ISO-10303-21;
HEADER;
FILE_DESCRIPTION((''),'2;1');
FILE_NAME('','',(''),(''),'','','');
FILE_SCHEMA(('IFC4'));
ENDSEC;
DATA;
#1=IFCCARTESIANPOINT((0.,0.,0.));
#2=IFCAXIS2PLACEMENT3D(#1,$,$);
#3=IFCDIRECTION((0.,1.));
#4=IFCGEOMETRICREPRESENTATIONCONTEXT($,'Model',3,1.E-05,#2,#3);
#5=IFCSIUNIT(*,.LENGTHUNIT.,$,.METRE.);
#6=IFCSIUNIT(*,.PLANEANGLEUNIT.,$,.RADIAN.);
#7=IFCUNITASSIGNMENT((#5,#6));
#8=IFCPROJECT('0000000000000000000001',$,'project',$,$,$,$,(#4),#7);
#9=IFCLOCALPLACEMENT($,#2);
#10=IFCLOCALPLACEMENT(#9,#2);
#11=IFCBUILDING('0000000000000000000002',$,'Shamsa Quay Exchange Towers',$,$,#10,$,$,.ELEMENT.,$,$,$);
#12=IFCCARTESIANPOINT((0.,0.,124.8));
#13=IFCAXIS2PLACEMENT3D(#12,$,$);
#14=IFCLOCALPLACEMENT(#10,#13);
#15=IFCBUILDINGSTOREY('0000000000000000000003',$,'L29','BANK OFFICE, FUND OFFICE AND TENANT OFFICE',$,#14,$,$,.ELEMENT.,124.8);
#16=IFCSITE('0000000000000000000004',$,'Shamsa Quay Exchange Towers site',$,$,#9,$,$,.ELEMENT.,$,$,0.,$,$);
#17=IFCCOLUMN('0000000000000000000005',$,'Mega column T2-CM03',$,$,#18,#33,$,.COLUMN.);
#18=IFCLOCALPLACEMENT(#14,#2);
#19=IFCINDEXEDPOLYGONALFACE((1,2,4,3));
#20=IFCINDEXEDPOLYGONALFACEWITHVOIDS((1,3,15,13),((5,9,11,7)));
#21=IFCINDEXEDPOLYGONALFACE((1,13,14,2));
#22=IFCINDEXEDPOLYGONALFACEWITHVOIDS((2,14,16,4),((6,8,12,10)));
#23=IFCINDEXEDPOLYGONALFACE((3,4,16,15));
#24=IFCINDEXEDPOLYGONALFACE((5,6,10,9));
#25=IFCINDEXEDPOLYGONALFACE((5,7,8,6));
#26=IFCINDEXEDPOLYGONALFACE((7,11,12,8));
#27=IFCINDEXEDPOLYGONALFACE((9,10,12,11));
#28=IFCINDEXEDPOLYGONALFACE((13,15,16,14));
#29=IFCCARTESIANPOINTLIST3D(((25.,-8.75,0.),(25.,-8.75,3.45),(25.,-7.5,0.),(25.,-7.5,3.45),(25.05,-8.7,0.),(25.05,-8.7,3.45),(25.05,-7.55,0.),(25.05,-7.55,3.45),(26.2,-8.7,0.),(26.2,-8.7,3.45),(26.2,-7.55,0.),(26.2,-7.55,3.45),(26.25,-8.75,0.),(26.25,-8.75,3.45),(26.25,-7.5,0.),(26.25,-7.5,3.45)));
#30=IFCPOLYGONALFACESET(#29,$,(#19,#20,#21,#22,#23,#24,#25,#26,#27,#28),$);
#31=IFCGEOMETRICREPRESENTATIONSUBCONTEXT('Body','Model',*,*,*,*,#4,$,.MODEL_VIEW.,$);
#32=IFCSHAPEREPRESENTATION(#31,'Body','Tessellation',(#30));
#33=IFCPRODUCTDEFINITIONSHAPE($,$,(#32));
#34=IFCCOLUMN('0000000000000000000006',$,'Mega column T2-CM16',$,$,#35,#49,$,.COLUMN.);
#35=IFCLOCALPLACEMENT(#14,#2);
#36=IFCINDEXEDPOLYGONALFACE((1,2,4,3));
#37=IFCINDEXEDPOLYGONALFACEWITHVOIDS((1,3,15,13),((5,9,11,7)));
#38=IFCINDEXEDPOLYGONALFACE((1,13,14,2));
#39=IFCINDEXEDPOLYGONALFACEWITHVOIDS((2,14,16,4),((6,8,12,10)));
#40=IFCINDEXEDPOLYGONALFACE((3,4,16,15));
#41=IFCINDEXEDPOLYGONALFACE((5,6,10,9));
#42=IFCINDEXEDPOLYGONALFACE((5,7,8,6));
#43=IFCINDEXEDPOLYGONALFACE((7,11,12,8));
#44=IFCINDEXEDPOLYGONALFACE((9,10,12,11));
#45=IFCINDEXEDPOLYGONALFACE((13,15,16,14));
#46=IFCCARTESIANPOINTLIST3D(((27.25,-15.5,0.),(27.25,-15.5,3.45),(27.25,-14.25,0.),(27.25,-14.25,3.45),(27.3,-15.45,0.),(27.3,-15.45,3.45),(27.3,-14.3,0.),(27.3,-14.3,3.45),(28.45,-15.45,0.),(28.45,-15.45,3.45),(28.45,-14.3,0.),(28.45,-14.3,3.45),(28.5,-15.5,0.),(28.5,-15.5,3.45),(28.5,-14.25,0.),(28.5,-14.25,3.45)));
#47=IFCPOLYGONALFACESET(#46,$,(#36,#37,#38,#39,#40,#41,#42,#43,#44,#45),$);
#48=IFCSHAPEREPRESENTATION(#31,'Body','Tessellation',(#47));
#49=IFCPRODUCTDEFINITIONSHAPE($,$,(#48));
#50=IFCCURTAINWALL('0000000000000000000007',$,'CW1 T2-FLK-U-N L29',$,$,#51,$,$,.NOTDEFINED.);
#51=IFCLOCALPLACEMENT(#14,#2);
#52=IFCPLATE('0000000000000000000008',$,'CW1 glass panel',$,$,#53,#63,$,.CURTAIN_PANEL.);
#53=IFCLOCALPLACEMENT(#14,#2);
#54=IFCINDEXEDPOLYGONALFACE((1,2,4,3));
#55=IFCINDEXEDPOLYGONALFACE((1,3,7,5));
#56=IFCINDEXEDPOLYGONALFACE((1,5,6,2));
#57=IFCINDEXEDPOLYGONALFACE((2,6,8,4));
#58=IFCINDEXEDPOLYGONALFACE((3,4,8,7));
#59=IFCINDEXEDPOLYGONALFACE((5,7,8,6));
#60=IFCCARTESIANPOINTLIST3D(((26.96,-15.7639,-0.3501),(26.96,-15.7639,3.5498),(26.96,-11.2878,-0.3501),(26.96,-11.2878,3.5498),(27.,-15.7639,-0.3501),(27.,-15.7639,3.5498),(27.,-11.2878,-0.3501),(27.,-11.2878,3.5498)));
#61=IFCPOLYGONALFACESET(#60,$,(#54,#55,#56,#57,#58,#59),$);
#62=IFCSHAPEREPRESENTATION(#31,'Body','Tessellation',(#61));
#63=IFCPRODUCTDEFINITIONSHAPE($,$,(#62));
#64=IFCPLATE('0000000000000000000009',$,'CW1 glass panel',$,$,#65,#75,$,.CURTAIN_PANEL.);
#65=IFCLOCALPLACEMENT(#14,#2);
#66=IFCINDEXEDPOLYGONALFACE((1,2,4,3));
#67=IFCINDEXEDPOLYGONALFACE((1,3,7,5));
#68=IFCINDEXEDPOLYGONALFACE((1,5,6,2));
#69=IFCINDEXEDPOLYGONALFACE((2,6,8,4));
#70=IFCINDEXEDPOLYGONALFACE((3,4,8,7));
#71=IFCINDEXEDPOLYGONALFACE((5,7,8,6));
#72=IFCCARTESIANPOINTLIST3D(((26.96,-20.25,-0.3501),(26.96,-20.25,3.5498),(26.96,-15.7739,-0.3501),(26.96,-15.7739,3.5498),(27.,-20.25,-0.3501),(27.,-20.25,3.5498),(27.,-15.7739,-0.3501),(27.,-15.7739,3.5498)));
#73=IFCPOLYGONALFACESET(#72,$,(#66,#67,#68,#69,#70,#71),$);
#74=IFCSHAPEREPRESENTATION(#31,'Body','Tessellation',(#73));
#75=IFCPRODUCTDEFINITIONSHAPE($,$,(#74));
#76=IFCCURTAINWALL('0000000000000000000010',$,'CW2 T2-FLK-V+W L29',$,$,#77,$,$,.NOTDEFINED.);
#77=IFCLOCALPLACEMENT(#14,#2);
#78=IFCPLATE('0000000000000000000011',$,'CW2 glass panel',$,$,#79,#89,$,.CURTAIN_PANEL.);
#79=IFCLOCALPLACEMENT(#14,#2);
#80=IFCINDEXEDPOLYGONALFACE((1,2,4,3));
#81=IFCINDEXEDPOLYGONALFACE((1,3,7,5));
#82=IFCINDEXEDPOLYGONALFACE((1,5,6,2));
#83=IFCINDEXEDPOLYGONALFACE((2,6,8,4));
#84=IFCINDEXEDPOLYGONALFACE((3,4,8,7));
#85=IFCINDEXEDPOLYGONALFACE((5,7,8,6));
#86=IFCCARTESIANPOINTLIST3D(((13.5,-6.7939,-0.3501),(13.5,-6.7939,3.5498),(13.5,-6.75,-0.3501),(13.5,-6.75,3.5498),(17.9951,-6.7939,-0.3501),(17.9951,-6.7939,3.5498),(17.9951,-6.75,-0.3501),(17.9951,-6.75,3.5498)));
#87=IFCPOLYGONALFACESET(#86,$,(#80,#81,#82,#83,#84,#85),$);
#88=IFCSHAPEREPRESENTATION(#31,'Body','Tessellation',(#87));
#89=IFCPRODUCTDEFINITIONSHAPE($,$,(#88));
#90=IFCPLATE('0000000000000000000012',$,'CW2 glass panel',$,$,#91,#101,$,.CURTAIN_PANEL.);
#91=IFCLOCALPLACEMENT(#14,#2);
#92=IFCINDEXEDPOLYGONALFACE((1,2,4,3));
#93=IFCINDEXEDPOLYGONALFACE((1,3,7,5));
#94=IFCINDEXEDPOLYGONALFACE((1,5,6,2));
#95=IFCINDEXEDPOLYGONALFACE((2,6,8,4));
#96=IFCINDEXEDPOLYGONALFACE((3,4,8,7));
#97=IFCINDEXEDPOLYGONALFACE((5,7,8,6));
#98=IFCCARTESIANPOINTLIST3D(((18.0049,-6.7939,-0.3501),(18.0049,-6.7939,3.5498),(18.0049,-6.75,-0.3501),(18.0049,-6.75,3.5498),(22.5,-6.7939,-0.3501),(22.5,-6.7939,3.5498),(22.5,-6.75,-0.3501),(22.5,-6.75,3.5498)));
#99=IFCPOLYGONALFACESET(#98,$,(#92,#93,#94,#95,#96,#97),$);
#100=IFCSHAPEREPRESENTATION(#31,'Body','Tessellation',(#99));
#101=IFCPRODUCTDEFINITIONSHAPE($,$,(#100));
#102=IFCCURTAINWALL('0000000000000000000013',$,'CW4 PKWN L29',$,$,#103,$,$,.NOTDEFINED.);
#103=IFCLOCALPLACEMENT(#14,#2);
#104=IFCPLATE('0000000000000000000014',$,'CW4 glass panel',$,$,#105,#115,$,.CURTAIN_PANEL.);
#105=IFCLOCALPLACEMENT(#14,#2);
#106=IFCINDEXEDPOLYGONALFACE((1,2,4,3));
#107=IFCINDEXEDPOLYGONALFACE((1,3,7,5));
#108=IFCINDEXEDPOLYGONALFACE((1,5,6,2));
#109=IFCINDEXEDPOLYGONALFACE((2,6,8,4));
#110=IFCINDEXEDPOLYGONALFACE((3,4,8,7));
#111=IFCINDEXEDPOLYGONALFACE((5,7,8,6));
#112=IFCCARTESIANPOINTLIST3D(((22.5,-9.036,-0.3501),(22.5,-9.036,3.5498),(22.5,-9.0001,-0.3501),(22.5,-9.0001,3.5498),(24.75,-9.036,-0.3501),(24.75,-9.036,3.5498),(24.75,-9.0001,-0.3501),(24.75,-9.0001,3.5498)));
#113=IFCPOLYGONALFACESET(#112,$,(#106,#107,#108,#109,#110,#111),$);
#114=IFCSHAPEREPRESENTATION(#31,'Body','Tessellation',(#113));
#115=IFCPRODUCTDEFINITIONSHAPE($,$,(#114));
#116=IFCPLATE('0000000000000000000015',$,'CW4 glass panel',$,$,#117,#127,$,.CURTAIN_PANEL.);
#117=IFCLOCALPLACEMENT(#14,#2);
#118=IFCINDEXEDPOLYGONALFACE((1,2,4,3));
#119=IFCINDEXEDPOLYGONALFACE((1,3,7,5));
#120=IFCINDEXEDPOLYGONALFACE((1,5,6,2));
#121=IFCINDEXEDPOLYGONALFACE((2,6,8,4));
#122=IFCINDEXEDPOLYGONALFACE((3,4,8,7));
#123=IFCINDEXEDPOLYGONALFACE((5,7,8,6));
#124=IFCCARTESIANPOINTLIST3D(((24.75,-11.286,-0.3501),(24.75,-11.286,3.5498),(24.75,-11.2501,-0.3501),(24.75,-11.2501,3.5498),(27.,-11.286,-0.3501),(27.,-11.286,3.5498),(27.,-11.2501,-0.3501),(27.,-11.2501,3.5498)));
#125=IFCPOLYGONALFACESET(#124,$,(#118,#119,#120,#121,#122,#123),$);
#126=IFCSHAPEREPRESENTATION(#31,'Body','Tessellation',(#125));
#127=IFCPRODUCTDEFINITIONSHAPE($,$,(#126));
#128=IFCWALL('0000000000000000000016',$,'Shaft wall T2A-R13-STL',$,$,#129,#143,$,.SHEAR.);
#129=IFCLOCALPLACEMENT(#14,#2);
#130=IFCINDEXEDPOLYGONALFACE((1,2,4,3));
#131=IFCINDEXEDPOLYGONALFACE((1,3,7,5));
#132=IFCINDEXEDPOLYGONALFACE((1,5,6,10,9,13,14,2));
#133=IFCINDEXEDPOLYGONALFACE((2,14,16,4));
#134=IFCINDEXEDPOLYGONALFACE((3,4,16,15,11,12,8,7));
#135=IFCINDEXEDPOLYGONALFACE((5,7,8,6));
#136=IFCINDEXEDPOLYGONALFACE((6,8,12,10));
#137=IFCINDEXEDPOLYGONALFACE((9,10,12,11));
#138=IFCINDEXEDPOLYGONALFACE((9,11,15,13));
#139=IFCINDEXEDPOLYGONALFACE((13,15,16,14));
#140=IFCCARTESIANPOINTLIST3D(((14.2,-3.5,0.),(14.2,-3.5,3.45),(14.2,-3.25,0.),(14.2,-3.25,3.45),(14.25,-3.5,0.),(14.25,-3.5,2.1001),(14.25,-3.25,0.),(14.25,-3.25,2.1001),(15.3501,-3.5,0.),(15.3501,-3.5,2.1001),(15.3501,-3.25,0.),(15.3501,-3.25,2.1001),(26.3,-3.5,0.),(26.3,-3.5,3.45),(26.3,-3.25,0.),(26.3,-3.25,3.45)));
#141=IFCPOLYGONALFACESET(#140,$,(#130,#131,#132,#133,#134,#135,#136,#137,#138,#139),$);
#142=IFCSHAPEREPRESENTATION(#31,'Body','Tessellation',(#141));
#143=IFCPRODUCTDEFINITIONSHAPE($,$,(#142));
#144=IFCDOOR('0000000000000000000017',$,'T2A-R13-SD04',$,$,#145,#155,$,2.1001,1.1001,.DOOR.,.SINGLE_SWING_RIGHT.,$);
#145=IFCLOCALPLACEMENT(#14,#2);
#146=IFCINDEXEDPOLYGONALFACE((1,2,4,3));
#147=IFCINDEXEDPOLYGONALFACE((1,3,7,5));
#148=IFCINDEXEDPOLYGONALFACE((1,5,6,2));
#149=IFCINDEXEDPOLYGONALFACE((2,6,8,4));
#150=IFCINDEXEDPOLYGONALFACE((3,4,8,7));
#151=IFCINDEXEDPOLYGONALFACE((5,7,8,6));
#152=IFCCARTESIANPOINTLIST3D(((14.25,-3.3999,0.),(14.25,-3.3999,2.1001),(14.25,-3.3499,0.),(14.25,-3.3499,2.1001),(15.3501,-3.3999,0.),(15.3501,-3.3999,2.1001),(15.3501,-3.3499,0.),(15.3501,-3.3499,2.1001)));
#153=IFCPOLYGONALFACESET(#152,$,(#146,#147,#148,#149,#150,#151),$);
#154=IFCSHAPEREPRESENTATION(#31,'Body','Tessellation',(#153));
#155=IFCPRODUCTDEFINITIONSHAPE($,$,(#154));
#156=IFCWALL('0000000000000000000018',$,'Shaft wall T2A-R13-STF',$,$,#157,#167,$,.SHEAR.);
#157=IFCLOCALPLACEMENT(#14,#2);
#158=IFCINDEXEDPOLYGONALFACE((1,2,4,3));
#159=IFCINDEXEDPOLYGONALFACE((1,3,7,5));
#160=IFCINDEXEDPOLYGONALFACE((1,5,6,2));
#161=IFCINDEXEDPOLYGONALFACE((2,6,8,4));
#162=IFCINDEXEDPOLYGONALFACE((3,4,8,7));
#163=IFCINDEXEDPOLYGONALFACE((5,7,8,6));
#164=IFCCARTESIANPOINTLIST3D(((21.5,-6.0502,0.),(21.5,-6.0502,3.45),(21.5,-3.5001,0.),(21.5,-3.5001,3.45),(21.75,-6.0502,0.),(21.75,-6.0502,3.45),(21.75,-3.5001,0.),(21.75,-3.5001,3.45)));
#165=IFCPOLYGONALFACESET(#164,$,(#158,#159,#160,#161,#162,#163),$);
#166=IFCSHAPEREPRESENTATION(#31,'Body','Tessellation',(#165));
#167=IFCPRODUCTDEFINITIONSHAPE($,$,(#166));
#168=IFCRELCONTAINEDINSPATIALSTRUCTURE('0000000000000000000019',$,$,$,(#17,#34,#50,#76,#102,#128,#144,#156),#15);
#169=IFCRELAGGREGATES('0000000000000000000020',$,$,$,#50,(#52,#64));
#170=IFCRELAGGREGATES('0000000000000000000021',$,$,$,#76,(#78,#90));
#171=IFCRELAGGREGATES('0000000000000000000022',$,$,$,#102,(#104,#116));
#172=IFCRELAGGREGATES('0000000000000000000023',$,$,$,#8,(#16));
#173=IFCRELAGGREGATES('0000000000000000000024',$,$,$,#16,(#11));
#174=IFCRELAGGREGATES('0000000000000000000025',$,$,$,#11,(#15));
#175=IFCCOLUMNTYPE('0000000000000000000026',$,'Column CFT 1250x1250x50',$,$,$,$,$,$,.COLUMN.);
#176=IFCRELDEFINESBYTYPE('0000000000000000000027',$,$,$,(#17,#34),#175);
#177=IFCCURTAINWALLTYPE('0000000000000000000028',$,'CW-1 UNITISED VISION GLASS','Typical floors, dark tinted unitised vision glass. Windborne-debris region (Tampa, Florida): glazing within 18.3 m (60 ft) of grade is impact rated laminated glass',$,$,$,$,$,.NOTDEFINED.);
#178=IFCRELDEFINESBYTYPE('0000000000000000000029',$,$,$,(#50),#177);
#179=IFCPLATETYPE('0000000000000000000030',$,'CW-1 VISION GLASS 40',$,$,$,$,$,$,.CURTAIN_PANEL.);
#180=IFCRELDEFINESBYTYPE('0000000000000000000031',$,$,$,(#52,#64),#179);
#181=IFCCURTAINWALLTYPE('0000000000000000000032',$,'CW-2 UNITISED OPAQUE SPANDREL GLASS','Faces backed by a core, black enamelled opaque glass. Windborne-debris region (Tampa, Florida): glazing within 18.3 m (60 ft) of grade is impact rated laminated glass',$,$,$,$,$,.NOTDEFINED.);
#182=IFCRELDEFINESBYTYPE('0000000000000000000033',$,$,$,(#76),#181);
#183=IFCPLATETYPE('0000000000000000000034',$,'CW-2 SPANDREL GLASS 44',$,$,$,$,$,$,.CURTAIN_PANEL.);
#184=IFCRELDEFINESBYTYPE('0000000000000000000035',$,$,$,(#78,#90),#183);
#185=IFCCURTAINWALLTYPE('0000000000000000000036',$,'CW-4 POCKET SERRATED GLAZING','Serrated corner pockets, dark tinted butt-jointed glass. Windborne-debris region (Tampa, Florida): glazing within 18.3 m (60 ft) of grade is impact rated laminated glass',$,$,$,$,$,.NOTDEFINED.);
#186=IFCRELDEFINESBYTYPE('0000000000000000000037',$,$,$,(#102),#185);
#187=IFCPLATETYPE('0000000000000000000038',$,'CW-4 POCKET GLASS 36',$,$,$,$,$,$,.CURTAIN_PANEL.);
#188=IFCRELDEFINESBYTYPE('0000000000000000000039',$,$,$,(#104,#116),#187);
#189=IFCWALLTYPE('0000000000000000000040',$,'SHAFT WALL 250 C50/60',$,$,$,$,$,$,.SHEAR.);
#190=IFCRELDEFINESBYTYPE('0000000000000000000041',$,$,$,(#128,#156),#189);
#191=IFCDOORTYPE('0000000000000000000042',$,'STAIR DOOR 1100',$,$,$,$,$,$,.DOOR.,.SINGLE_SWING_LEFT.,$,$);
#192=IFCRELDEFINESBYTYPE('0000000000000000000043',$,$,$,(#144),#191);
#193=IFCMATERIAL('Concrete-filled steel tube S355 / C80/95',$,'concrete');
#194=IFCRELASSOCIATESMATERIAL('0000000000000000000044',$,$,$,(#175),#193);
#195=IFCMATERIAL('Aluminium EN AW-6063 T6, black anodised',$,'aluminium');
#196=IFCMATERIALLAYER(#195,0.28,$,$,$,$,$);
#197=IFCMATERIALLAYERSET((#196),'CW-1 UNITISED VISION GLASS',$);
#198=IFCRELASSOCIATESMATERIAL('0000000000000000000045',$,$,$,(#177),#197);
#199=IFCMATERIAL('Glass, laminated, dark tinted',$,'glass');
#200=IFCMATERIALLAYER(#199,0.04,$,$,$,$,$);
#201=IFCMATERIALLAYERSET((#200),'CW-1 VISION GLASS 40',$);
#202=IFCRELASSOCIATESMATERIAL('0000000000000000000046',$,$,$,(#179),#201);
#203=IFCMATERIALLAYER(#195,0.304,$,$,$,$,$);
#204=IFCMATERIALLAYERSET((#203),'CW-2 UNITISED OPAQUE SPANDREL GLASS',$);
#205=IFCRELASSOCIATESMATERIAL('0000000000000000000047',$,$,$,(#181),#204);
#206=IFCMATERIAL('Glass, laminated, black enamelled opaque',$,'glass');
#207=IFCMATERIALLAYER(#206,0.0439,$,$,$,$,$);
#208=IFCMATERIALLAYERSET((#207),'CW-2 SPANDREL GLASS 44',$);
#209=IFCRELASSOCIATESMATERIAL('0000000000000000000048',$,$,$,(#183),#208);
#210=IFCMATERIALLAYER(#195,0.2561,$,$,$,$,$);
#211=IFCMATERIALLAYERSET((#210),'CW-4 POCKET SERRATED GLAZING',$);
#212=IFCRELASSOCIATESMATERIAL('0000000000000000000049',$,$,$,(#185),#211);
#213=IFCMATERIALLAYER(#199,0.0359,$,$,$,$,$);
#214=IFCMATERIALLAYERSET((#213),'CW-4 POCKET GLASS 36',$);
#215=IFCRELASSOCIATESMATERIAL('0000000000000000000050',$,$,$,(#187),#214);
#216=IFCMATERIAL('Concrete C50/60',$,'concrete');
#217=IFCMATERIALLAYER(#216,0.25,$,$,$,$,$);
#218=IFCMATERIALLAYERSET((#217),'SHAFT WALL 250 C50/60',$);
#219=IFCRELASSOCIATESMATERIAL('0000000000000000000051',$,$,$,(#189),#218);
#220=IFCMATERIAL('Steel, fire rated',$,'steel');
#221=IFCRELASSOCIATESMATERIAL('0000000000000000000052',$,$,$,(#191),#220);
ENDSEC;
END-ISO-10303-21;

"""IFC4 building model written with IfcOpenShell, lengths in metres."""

from ifc_helpers import new_model, si_unit, direction, frame, frame_2d, origin, origin_2d, place, context, subcontext, project, spatial, rectangle, hollow_rectangle, extrude, material, layer, layer_set, material_profile, profile_set, type_object, element, fill, aggregate, save


model = new_model("IFC4")

# Units and contexts
model_context = context("Model", 3, precision=1e-05, world=origin(), true_north=direction((0.0, 1.0)))
body_context = subcontext(model_context, "Body", "Model", "MODEL_VIEW")
ifc_project = project(units=[si_unit("LENGTHUNIT", "METRE"), si_unit("PLANEANGLEUNIT", "RADIAN")], contexts=[model_context])

# Site, building, storey
site_placement = place(None, origin())
site = spatial("IfcSite", under=ifc_project, at=site_placement, Name="Shamsa Quay Exchange Towers site", CompositionType="ELEMENT", RefElevation=0.0)
building_placement = place(site_placement, origin())
building = spatial("IfcBuilding", under=site, at=building_placement, Name="Shamsa Quay Exchange Towers", CompositionType="ELEMENT")
storey_placement = place(building_placement, frame((0.0, 0.0, 124.8)))
storey = spatial("IfcBuildingStorey", under=building, at=storey_placement, Name="L29", Description="BANK OFFICE, FUND OFFICE AND TENANT OFFICE", CompositionType="ELEMENT", Elevation=124.8)

# Columns
ifc_material_1 = material(Name="Concrete-filled steel tube S355 / C80/95", Category="concrete")
ifc_material_profile = material_profile(ifc_material_1, hollow_rectangle(XDim=1.25, YDim=1.25, WallThickness=0.05, at=origin_2d()), Name="CFT 1250x1250x50")
ifc_profile_set = profile_set([ifc_material_profile], Name="Concrete-filled steel tube S355 / C80/95")
column_type = type_object("IfcColumnType", Name="Column CFT 1250x1250x50", PredefinedType="COLUMN", material=ifc_profile_set)
for number, where, name in (
    (1, (25.625, -8.125, 0.0), "Mega column T2-CM03"),
    (2, (27.875, -14.875, 0.0), "Mega column T2-CM16"),
):
    element("IfcColumn", number, at=place(storey_placement, frame(where)), inside=storey, type_object=column_type, Name=name, PredefinedType="COLUMN", context=body_context, shape_type="SweptSolid", body=[
        extrude(hollow_rectangle(XDim=1.25, YDim=1.25, WallThickness=0.05, at=origin_2d()), origin(), (0.0, 0.0, 1.0), 3.45),
    ])

# Curtain walls, plates
ifc_material_2 = material(Name="Aluminium EN AW-6063 T6, black anodised", Category="aluminium")
ifc_layer_1 = layer(ifc_material_2, 0.28)
ifc_layer_set_1 = layer_set([ifc_layer_1], Name="CW-1 UNITISED VISION GLASS")
curtain_wall_type_1 = type_object("IfcCurtainWallType", Name="CW-1 UNITISED VISION GLASS", Description="Typical floors, dark tinted unitised vision glass. Windborne-debris region (Tampa, Florida): glazing within 18.3 m (60 ft) of grade is impact rated laminated glass", PredefinedType="NOTDEFINED", material=ifc_layer_set_1)
curtain_wall_1_placement = place(storey_placement, origin())
curtain_wall_1 = element("IfcCurtainWall", 3, at=curtain_wall_1_placement, inside=storey, type_object=curtain_wall_type_1, Name="CW1 T2-FLK-U-N L29", PredefinedType="NOTDEFINED")
ifc_material_3 = material(Name="Glass, laminated, dark tinted", Category="glass")
ifc_layer_2 = layer(ifc_material_3, 0.04)
ifc_layer_set_2 = layer_set([ifc_layer_2], Name="CW-1 VISION GLASS 40")
plate_type_1 = type_object("IfcPlateType", Name="CW-1 VISION GLASS 40", PredefinedType="CURTAIN_PANEL", material=ifc_layer_set_2)
plate_1_placement = place(storey_placement, frame((26.98, -13.5259, -0.3501), z_axis=(0.0, 0.0, 1.0), x_axis=(0.0, -1.0, 0.0)))
plate_1 = element("IfcPlate", 4, at=plate_1_placement, type_object=plate_type_1, Name="CW1 glass panel", PredefinedType="CURTAIN_PANEL", context=body_context, shape_type="SweptSolid", body=[
    extrude(rectangle(XDim=4.4761, YDim=0.04, at=origin_2d()), origin(), (0.0, 0.0, 1.0), 3.8999),
])
plate_2_placement = place(storey_placement, frame((26.98, -18.012, -0.3501), z_axis=(0.0, 0.0, 1.0), x_axis=(0.0, -1.0, 0.0)))
plate_2 = element("IfcPlate", 5, at=plate_2_placement, type_object=plate_type_1, Name="CW1 glass panel", PredefinedType="CURTAIN_PANEL", context=body_context, shape_type="SweptSolid", body=[
    extrude(rectangle(XDim=4.4761, YDim=0.04, at=origin_2d()), origin(), (0.0, 0.0, 1.0), 3.8999),
])
aggregate(curtain_wall_1, [plate_1, plate_2])
ifc_layer_3 = layer(ifc_material_2, 0.304)
ifc_layer_set_3 = layer_set([ifc_layer_3], Name="CW-2 UNITISED OPAQUE SPANDREL GLASS")
curtain_wall_type_2 = type_object("IfcCurtainWallType", Name="CW-2 UNITISED OPAQUE SPANDREL GLASS", Description="Faces backed by a core, black enamelled opaque glass. Windborne-debris region (Tampa, Florida): glazing within 18.3 m (60 ft) of grade is impact rated laminated glass", PredefinedType="NOTDEFINED", material=ifc_layer_set_3)
curtain_wall_2_placement = place(storey_placement, origin())
curtain_wall_2 = element("IfcCurtainWall", 6, at=curtain_wall_2_placement, inside=storey, type_object=curtain_wall_type_2, Name="CW2 T2-FLK-V+W L29", PredefinedType="NOTDEFINED")
ifc_material_4 = material(Name="Glass, laminated, black enamelled opaque", Category="glass")
ifc_layer_4 = layer(ifc_material_4, 0.0439)
ifc_layer_set_4 = layer_set([ifc_layer_4], Name="CW-2 SPANDREL GLASS 44")
plate_type_2 = type_object("IfcPlateType", Name="CW-2 SPANDREL GLASS 44", PredefinedType="CURTAIN_PANEL", material=ifc_layer_set_4)
plate_3_placement = place(storey_placement, frame((15.7476, -6.772, -0.3501)))
plate_3 = element("IfcPlate", 7, at=plate_3_placement, type_object=plate_type_2, Name="CW2 glass panel", PredefinedType="CURTAIN_PANEL", context=body_context, shape_type="SweptSolid", body=[
    extrude(rectangle(XDim=4.4951, YDim=0.0439, at=origin_2d()), origin(), (0.0, 0.0, 1.0), 3.8999),
])
plate_4_placement = place(storey_placement, frame((20.2524, -6.772, -0.3501)))
plate_4 = element("IfcPlate", 8, at=plate_4_placement, type_object=plate_type_2, Name="CW2 glass panel", PredefinedType="CURTAIN_PANEL", context=body_context, shape_type="SweptSolid", body=[
    extrude(rectangle(XDim=4.4951, YDim=0.0439, at=origin_2d()), origin(), (0.0, 0.0, 1.0), 3.8999),
])
aggregate(curtain_wall_2, [plate_3, plate_4])
ifc_layer_5 = layer(ifc_material_2, 0.2561)
ifc_layer_set_5 = layer_set([ifc_layer_5], Name="CW-4 POCKET SERRATED GLAZING")
curtain_wall_type_3 = type_object("IfcCurtainWallType", Name="CW-4 POCKET SERRATED GLAZING", Description="Serrated corner pockets, dark tinted butt-jointed glass. Windborne-debris region (Tampa, Florida): glazing within 18.3 m (60 ft) of grade is impact rated laminated glass", PredefinedType="NOTDEFINED", material=ifc_layer_set_5)
curtain_wall_3_placement = place(storey_placement, origin())
curtain_wall_3 = element("IfcCurtainWall", 9, at=curtain_wall_3_placement, inside=storey, type_object=curtain_wall_type_3, Name="CW4 PKWN L29", PredefinedType="NOTDEFINED")
ifc_layer_6 = layer(ifc_material_3, 0.0359)
ifc_layer_set_6 = layer_set([ifc_layer_6], Name="CW-4 POCKET GLASS 36")
plate_type_3 = type_object("IfcPlateType", Name="CW-4 POCKET GLASS 36", PredefinedType="CURTAIN_PANEL", material=ifc_layer_set_6)
plate_5_placement = place(storey_placement, frame((23.625, -9.0181, -0.3501)))
plate_5 = element("IfcPlate", 10, at=plate_5_placement, type_object=plate_type_3, Name="CW4 glass panel", PredefinedType="CURTAIN_PANEL", context=body_context, shape_type="SweptSolid", body=[
    extrude(rectangle(XDim=2.25, YDim=0.0359, at=origin_2d()), origin(), (0.0, 0.0, 1.0), 3.8999),
])
plate_6_placement = place(storey_placement, frame((25.875, -11.2681, -0.3501)))
plate_6 = element("IfcPlate", 11, at=plate_6_placement, type_object=plate_type_3, Name="CW4 glass panel", PredefinedType="CURTAIN_PANEL", context=body_context, shape_type="SweptSolid", body=[
    extrude(rectangle(XDim=2.25, YDim=0.0359, at=origin_2d()), origin(), (0.0, 0.0, 1.0), 3.8999),
])
aggregate(curtain_wall_3, [plate_5, plate_6])

# Wall, opening, door
ifc_material_5 = material(Name="Concrete C50/60", Category="concrete")
ifc_layer_7 = layer(ifc_material_5, 0.25)
ifc_layer_set_7 = layer_set([ifc_layer_7], Name="SHAFT WALL 250 C50/60")
wall_type_1 = type_object("IfcWallType", Name="SHAFT WALL 250 C50/60", PredefinedType="SHEAR", material=ifc_layer_set_7)
wall_1_placement = place(storey_placement, frame((26.3, -3.375, 0.0), z_axis=(0.0, 0.0, 1.0), x_axis=(-1.0, 0.0, 0.0)))
wall_1 = element("IfcWall", 12, at=wall_1_placement, inside=storey, type_object=wall_type_1, Name="Shaft wall T2A-R13-STL", PredefinedType="SHEAR", context=body_context, shape_type="SweptSolid", body=[
    extrude(rectangle(XDim=12.1001, YDim=0.25, at=frame_2d((6.05, 0.0))), origin(), (0.0, 0.0, 1.0), 3.45),
])
opening_1_placement = place(wall_1_placement, frame((10.95, 0.0, 0.0)))
opening_1 = element("IfcOpeningElement", 13, at=opening_1_placement, cuts=wall_1, PredefinedType="OPENING", context=body_context, shape_type="SweptSolid", body=[
    extrude(rectangle(XDim=1.1001, YDim=2.1001, at=frame_2d((0.55, 1.05))), frame((0.0, 0.135, 0.0), z_axis=(0.0, -1.0, 0.0), x_axis=(1.0, 0.0, 0.0)), (0.0, 0.0, 1.0), 0.27),
])
ifc_material_6 = material(Name="Steel, fire rated", Category="steel")
door_type_1 = type_object("IfcDoorType", Name="STAIR DOOR 1100", OperationType="SINGLE_SWING_LEFT", PredefinedType="DOOR", material=ifc_material_6)
door_1_placement = place(opening_1_placement, origin())
door_1 = element("IfcDoor", 14, at=door_1_placement, inside=storey, type_object=door_type_1, Name="T2A-R13-SD04", OperationType="SINGLE_SWING_RIGHT", OverallHeight=2.1001, OverallWidth=1.1001, PredefinedType="DOOR", context=body_context, shape_type="SweptSolid", body=[
    extrude(rectangle(XDim=1.1001, YDim=2.1001, at=frame_2d((0.55, 1.05))), frame((0.0, 0.0249, 0.0), z_axis=(0.0, -1.0, 0.0), x_axis=(1.0, 0.0, 0.0)), (0.0, 0.0, 1.0), 0.05),
])
fill(opening_1, door_1)

# Wall
wall_2_placement = place(storey_placement, frame((21.625, -6.05, 0.0), z_axis=(0.0, 0.0, 1.0), x_axis=(0.0, 1.0, 0.0)))
element("IfcWall", 15, at=wall_2_placement, inside=storey, type_object=wall_type_1, Name="Shaft wall T2A-R13-STF", PredefinedType="SHEAR", context=body_context, shape_type="SweptSolid", body=[
    extrude(rectangle(XDim=2.55, YDim=0.25, at=frame_2d((1.2749, 0.0))), origin(), (0.0, 0.0, 1.0), 3.45),
])

save(model, "model.ifc")
